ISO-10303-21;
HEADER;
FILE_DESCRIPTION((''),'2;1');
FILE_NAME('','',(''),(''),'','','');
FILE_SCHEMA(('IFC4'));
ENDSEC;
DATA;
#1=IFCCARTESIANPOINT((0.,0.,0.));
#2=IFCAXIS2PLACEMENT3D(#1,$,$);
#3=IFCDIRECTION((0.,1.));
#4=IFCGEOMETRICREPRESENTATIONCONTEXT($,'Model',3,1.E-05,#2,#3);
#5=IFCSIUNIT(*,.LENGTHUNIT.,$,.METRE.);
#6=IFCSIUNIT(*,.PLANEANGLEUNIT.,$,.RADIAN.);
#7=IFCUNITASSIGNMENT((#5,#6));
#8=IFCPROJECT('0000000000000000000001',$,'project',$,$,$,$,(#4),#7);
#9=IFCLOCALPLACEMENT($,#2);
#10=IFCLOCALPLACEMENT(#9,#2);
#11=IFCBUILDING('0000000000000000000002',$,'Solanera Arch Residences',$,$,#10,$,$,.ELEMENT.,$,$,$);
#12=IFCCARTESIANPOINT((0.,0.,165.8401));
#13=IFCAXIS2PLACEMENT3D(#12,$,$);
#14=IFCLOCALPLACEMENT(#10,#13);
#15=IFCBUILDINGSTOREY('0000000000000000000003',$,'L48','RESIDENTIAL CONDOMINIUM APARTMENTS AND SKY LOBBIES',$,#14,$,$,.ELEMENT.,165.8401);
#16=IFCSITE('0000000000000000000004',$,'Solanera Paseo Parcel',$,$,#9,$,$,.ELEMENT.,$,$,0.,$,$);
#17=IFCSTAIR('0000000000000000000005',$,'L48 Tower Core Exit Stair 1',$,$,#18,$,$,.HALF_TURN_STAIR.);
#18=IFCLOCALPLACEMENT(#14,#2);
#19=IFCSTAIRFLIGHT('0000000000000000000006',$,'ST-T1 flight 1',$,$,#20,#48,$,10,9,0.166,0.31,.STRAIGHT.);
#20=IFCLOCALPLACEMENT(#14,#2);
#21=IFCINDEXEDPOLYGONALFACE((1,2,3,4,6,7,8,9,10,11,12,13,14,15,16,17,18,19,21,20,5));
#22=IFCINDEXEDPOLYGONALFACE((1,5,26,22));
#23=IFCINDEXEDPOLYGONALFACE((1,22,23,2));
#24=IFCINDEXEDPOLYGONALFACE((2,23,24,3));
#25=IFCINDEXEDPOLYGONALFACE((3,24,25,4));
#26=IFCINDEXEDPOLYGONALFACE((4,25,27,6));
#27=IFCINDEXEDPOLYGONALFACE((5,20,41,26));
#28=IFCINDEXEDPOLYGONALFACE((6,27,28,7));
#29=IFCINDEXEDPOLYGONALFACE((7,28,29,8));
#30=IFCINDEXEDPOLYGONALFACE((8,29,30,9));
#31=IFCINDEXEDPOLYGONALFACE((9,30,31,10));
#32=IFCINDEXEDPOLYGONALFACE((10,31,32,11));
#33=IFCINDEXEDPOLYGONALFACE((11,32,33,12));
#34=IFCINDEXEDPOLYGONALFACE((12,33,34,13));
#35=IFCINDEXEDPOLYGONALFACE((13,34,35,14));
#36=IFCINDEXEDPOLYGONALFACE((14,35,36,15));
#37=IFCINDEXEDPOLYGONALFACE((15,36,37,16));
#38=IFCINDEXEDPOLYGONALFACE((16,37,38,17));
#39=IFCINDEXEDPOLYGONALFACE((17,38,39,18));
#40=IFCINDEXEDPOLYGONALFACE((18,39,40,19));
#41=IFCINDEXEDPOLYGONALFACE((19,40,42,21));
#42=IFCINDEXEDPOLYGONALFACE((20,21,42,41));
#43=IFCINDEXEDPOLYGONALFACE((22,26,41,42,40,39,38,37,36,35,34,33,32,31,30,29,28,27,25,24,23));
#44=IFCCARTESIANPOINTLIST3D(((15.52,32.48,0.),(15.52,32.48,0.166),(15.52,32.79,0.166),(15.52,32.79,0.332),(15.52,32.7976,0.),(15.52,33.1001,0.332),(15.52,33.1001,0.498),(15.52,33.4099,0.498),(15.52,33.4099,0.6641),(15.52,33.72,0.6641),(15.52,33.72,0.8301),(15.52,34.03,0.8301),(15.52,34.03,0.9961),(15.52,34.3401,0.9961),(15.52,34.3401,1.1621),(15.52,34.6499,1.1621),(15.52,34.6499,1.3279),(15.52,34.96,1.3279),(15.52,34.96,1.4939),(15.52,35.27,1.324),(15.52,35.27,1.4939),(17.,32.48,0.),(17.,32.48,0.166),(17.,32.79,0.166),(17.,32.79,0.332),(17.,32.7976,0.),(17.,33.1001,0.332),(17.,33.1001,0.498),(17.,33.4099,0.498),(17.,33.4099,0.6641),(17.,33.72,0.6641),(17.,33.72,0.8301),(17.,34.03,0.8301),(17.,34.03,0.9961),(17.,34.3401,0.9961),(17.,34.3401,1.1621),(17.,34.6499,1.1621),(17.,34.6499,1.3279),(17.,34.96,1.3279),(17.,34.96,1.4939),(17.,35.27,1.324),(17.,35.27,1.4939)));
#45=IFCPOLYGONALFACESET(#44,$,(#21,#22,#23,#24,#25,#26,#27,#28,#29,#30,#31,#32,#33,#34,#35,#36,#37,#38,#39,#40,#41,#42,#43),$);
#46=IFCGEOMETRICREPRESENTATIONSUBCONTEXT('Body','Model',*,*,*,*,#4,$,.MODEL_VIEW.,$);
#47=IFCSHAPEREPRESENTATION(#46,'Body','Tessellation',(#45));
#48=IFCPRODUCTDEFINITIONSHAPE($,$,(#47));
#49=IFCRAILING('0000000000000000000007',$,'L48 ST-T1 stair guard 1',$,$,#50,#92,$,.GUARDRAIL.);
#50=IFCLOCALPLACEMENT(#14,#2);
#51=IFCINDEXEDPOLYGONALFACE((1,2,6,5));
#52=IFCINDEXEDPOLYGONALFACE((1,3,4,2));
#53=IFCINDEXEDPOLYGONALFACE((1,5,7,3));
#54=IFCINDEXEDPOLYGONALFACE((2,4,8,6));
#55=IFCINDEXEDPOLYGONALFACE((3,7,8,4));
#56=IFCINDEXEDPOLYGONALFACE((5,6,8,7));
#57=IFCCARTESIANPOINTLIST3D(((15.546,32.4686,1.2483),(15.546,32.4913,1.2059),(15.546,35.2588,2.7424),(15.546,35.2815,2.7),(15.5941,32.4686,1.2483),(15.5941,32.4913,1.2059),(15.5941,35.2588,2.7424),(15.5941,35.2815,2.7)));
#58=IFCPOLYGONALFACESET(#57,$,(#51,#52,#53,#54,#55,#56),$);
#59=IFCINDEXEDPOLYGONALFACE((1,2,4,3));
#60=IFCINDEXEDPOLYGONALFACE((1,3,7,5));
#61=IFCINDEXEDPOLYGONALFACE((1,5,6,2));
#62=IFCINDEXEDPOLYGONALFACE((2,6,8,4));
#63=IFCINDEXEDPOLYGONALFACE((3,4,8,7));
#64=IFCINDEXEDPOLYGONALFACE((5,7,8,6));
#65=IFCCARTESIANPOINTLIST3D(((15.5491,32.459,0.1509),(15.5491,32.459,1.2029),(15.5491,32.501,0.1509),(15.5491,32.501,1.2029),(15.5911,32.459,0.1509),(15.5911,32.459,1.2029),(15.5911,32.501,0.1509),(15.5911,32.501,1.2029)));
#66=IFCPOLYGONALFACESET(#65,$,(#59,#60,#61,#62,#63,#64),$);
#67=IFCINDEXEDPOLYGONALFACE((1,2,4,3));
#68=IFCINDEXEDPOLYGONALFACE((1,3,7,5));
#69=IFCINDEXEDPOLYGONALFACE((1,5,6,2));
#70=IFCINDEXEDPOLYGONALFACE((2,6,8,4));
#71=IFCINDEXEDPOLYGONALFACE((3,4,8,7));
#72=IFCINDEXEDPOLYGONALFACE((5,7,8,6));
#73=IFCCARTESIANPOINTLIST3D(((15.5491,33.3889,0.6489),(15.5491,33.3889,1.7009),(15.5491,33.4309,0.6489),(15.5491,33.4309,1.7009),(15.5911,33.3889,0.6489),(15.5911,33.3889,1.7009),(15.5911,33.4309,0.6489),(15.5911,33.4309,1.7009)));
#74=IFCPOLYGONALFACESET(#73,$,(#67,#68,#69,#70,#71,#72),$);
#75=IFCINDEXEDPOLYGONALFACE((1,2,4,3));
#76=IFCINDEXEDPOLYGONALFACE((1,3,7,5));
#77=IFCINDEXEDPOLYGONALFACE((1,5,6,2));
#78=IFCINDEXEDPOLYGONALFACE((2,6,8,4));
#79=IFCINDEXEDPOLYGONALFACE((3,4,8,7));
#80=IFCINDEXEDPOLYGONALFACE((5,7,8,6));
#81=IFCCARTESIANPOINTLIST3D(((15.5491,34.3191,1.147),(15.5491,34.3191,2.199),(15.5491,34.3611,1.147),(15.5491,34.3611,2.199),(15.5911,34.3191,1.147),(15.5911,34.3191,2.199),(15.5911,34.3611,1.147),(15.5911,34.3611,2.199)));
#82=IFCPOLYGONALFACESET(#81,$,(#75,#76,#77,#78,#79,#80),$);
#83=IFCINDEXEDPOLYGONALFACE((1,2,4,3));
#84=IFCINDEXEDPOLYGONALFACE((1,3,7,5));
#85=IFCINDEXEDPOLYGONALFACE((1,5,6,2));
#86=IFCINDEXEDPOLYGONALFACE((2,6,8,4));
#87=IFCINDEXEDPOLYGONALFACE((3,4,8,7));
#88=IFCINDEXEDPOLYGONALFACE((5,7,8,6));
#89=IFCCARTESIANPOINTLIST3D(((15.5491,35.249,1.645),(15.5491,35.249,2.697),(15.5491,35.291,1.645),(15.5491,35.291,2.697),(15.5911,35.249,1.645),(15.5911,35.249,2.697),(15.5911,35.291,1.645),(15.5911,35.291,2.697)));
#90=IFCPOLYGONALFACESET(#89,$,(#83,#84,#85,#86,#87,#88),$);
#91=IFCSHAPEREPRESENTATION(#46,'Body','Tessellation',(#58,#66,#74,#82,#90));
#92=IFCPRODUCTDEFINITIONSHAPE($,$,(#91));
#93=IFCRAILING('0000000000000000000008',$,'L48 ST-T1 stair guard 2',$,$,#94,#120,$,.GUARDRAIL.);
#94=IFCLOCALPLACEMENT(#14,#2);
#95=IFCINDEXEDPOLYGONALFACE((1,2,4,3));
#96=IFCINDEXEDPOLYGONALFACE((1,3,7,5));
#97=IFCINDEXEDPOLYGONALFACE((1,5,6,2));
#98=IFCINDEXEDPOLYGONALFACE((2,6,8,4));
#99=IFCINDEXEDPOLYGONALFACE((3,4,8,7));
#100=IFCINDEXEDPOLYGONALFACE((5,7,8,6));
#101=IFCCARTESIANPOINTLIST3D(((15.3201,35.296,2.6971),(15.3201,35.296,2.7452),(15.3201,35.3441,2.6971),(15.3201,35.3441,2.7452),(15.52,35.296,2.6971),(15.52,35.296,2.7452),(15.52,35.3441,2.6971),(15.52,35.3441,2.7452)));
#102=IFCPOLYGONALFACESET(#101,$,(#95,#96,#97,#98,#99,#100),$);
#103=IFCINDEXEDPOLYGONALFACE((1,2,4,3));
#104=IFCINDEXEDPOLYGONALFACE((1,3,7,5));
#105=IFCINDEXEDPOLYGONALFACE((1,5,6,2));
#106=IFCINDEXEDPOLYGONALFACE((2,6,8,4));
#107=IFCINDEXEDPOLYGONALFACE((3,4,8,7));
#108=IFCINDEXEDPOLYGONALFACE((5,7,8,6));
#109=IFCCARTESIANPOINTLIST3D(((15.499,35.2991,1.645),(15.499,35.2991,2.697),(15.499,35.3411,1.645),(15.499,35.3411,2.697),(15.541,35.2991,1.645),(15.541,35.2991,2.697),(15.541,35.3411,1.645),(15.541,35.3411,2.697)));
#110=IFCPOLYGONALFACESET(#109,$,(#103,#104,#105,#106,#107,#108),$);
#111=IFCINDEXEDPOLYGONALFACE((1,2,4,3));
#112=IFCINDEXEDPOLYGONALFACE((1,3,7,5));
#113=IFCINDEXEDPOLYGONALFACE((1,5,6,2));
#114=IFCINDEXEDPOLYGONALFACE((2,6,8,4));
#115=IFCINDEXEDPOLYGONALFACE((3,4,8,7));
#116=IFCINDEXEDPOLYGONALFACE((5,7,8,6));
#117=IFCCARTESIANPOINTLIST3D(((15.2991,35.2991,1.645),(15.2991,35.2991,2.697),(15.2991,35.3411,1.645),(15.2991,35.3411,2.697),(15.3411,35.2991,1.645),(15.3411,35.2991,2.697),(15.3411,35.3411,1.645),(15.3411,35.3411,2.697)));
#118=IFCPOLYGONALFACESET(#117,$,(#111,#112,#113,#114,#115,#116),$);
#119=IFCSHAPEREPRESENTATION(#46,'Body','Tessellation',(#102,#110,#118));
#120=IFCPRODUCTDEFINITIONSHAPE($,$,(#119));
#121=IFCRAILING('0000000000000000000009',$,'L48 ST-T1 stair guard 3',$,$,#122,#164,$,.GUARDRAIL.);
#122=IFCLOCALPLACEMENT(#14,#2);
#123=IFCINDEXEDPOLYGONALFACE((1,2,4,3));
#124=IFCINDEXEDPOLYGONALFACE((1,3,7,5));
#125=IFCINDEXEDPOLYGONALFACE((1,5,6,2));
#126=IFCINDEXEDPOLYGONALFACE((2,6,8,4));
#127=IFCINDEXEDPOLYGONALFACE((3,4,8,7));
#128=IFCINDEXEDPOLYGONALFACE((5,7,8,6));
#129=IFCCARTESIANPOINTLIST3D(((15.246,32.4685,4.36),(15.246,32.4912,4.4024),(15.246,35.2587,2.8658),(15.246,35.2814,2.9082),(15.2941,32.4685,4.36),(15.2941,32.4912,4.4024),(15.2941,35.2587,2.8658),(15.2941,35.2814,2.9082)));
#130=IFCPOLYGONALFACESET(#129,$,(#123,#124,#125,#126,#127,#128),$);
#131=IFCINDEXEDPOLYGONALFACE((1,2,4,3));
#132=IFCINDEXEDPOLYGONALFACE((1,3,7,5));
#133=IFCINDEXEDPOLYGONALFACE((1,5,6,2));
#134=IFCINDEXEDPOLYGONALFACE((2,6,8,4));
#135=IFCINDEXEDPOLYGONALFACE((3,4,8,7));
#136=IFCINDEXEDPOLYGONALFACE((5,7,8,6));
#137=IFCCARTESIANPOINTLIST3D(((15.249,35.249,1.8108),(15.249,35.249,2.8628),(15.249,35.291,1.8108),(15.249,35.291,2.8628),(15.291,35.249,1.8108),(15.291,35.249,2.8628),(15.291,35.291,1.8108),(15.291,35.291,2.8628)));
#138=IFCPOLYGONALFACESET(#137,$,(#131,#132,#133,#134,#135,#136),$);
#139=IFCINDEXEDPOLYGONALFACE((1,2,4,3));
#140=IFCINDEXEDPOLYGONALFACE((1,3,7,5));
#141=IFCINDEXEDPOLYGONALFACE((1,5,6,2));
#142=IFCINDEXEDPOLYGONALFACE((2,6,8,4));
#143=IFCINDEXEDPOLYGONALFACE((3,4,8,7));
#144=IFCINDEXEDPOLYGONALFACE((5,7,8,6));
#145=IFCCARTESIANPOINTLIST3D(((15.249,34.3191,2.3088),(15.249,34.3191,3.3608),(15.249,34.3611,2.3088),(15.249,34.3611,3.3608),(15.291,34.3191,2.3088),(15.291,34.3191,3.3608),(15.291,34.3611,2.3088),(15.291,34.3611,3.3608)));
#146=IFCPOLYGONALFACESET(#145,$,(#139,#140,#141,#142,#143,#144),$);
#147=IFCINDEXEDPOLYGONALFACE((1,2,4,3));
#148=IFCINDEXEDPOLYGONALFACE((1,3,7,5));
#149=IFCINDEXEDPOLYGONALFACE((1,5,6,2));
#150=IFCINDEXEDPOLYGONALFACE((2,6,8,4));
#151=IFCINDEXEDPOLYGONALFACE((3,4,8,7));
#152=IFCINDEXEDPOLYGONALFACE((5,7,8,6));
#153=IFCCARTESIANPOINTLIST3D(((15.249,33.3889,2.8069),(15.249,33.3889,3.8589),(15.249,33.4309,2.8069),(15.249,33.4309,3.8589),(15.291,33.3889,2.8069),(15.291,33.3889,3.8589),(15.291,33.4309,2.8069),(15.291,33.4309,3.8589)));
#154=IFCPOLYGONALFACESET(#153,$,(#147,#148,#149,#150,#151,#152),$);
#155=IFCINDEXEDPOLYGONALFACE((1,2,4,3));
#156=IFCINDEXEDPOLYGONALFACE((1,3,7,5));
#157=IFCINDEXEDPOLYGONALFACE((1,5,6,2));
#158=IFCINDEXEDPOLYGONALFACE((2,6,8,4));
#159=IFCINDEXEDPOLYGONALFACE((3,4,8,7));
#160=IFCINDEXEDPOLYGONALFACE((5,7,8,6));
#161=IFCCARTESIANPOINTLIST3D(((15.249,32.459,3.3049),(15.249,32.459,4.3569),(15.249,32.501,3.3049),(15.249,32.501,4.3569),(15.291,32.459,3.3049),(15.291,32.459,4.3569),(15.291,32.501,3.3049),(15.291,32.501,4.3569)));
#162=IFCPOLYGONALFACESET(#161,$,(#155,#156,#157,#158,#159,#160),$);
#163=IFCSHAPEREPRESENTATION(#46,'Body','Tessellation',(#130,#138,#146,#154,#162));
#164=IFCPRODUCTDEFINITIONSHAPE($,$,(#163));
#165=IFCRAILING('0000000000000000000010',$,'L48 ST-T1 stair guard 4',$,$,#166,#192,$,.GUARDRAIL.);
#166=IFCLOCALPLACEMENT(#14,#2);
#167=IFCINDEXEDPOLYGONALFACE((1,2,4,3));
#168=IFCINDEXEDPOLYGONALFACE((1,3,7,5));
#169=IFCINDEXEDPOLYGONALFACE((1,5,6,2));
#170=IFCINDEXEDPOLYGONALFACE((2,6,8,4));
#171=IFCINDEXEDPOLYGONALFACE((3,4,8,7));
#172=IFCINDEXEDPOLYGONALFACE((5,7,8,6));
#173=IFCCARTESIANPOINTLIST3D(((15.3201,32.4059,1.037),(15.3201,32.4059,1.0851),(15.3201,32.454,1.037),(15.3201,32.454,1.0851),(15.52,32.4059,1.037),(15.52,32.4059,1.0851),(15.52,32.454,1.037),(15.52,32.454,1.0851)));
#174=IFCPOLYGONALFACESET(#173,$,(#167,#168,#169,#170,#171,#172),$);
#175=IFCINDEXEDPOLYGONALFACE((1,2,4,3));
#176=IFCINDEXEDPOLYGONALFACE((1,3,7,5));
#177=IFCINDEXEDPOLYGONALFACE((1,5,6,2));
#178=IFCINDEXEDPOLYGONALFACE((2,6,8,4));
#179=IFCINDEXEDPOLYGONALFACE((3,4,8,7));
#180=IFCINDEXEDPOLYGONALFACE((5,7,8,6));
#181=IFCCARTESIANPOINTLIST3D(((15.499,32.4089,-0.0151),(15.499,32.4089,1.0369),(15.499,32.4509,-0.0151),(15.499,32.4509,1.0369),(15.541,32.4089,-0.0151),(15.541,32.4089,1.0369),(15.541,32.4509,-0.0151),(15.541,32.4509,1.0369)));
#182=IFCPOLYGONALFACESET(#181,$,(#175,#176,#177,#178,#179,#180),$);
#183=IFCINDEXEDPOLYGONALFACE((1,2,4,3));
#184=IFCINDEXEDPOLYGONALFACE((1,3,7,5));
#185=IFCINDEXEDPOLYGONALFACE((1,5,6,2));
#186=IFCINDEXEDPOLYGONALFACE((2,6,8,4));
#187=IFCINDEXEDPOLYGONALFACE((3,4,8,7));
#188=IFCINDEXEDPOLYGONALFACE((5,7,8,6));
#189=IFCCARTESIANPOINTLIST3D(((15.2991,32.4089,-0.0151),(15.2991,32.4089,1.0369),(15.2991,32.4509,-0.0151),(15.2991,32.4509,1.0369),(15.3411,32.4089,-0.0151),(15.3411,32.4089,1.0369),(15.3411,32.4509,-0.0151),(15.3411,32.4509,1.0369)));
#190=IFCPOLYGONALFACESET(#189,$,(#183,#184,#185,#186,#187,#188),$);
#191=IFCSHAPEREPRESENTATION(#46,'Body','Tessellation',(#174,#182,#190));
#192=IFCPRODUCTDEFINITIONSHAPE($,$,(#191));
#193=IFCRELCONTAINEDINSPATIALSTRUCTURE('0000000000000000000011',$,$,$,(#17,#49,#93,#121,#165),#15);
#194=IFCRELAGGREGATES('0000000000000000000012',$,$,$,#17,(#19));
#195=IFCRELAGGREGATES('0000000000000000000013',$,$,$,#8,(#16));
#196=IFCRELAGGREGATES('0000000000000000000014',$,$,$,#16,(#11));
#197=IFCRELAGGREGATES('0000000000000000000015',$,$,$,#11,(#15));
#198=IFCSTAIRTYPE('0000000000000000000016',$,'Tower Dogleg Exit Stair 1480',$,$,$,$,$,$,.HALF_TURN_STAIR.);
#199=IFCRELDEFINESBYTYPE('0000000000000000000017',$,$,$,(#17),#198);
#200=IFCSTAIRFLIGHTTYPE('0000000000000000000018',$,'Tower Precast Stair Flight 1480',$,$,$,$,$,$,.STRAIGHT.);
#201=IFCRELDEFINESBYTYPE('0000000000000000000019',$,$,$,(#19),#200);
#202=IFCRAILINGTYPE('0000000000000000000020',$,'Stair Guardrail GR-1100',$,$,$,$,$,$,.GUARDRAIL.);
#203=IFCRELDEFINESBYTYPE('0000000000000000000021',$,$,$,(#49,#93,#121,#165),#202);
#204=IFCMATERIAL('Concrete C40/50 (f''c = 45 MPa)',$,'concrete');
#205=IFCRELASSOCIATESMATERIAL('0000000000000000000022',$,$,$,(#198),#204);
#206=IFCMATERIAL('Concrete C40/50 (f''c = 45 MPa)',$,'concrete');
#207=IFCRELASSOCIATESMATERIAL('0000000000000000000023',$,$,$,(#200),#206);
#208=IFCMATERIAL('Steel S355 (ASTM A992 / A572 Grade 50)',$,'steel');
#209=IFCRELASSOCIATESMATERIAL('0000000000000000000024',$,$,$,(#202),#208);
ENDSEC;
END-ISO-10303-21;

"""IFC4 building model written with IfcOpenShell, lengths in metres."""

from ifc_helpers import new_model, si_unit, direction, frame, origin, origin_2d, place, context, subcontext, project, spatial, polyline, rectangle, outline, extrude, material, type_object, element, aggregate, save


model = new_model("IFC4")

# Units and contexts
model_context = context("Model", 3, precision=1e-05, world=origin(), true_north=direction((0.0, 1.0)))
body_context = subcontext(model_context, "Body", "Model", "MODEL_VIEW")
ifc_project = project(units=[si_unit("LENGTHUNIT", "METRE"), si_unit("PLANEANGLEUNIT", "RADIAN")], contexts=[model_context])

# Site, building, storey
site_placement = place(None, origin())
site = spatial("IfcSite", under=ifc_project, at=site_placement, Name="Solanera Paseo Parcel", CompositionType="ELEMENT", RefElevation=0.0)
building_placement = place(site_placement, origin())
building = spatial("IfcBuilding", under=site, at=building_placement, Name="Solanera Arch Residences", CompositionType="ELEMENT")
storey_placement = place(building_placement, frame((0.0, 0.0, 165.8401)))
storey = spatial("IfcBuildingStorey", under=building, at=storey_placement, Name="L48", Description="RESIDENTIAL CONDOMINIUM APARTMENTS AND SKY LOBBIES", CompositionType="ELEMENT", Elevation=165.8401)

# Stair, stair flight
ifc_material_1 = material(Name="Concrete C40/50 (f'c = 45 MPa)", Category="concrete")
stair_type = type_object("IfcStairType", Name="Tower Dogleg Exit Stair 1480", PredefinedType="HALF_TURN_STAIR", material=ifc_material_1)
stair_placement = place(storey_placement, origin())
stair = element("IfcStair", 1, at=stair_placement, inside=storey, type_object=stair_type, Name="L48 Tower Core Exit Stair 1", PredefinedType="HALF_TURN_STAIR")
ifc_material_2 = material(Name="Concrete C40/50 (f'c = 45 MPa)", Category="concrete")
stair_flight_type = type_object("IfcStairFlightType", Name="Tower Precast Stair Flight 1480", PredefinedType="STRAIGHT", material=ifc_material_2)
stair_flight_placement = place(storey_placement, frame((16.26, 32.48, 0.0), z_axis=(0.0, 0.0, 1.0), x_axis=(0.0, 1.0, 0.0)))
stair_flight = element("IfcStairFlight", 2, at=stair_flight_placement, type_object=stair_flight_type, Name="ST-T1 flight 1", NumberOfRisers=10, NumberOfTreads=9, PredefinedType="STRAIGHT", RiserHeight=0.166, TreadLength=0.31, context=body_context, shape_type="SweptSolid", body=[
    extrude(outline(polyline([(0.0, 0.0), (0.0, 0.166), (0.3101, 0.166), (0.3101, 0.332), (0.6201, 0.332), (0.6201, 0.498), (0.9299, 0.498), (0.9299, 0.6641), (1.24, 0.6641), (1.24, 0.8301), (1.55, 0.8301), (1.55, 0.9961), (1.8601, 0.9961), (1.8601, 1.1621), (2.1699, 1.1621), (2.1699, 1.3279), (2.48, 1.3279), (2.48, 1.4939), (2.79, 1.4939), (2.79, 1.6599), (2.79, 1.324), (0.3176, 0.0), (0.0, 0.0)])), frame((0.0, 0.74, 0.0), z_axis=(0.0, -1.0, 0.0), x_axis=(1.0, 0.0, 0.0)), (0.0, 0.0, 1.0), 1.48),
])
aggregate(stair, [stair_flight])

# Railings
ifc_material_3 = material(Name="Steel S355 (ASTM A992 / A572 Grade 50)", Category="steel")
railing_type_1 = type_object("IfcRailingType", Name="Stair Guardrail GR-1100", PredefinedType="GUARDRAIL", material=ifc_material_3)
railing_1_placement = place(storey_placement, frame((15.5701, 32.48, 0.1509)))
element("IfcRailing", 3, at=railing_1_placement, inside=storey, type_object=railing_type_1, Name="L48 ST-T1 stair guard 1", PredefinedType="GUARDRAIL", context=body_context, shape_type="SweptSolid", body=[
    extrude(rectangle(XDim=0.0481, YDim=0.0481, at=origin_2d()), frame((0.0, 0.0, 1.0762), z_axis=(0.0, 0.881549, 0.472093), x_axis=(-1.0, 0.0, 0.0)), (0.0, 0.0, 1.0), 3.165),
    extrude(rectangle(XDim=0.042, YDim=0.042, at=origin_2d()), origin(), (0.0, 0.0, 1.0), 1.052),
    extrude(rectangle(XDim=0.042, YDim=0.042, at=origin_2d()), frame((0.0, 0.9299, 0.498)), (0.0, 0.0, 1.0), 1.052),
    extrude(rectangle(XDim=0.042, YDim=0.042, at=origin_2d()), frame((0.0, 1.8601, 0.9961)), (0.0, 0.0, 1.0), 1.052),
    extrude(rectangle(XDim=0.042, YDim=0.042, at=origin_2d()), frame((0.0, 2.79, 1.4941)), (0.0, 0.0, 1.0), 1.052),
])
railing_2_placement = place(storey_placement, frame((15.52, 35.3201, 1.645)))
element("IfcRailing", 4, at=railing_2_placement, inside=storey, type_object=railing_type_1, Name="L48 ST-T1 stair guard 2", PredefinedType="GUARDRAIL", context=body_context, shape_type="SweptSolid", body=[
    extrude(rectangle(XDim=0.0481, YDim=0.0481, at=origin_2d()), frame((0.0, 0.0, 1.0762), z_axis=(-1.0, 0.0, 0.0), x_axis=(0.0, -1.0, 0.0)), (0.0, 0.0, 1.0), 0.2),
    extrude(rectangle(XDim=0.042, YDim=0.042, at=origin_2d()), origin(), (0.0, 0.0, 1.0), 1.052),
    extrude(rectangle(XDim=0.042, YDim=0.042, at=origin_2d()), frame((-0.2, 0.0, 0.0)), (0.0, 0.0, 1.0), 1.052),
])
railing_3_placement = place(storey_placement, frame((15.27, 35.27, 1.8108)))
element("IfcRailing", 5, at=railing_3_placement, inside=storey, type_object=railing_type_1, Name="L48 ST-T1 stair guard 3", PredefinedType="GUARDRAIL", context=body_context, shape_type="SweptSolid", body=[
    extrude(rectangle(XDim=0.0481, YDim=0.0481, at=origin_2d()), frame((0.0, 0.0, 1.0762), z_axis=(0.0, -0.881549, 0.472093), x_axis=(1.0, 0.0, 0.0)), (0.0, 0.0, 1.0), 3.165),
    extrude(rectangle(XDim=0.042, YDim=0.042, at=origin_2d()), origin(), (0.0, 0.0, 1.0), 1.052),
    extrude(rectangle(XDim=0.042, YDim=0.042, at=origin_2d()), frame((0.0, -0.9299, 0.498)), (0.0, 0.0, 1.0), 1.052),
    extrude(rectangle(XDim=0.042, YDim=0.042, at=origin_2d()), frame((0.0, -1.8601, 0.9961)), (0.0, 0.0, 1.0), 1.052),
    extrude(rectangle(XDim=0.042, YDim=0.042, at=origin_2d()), frame((0.0, -2.79, 1.4941)), (0.0, 0.0, 1.0), 1.052),
])
railing_4_placement = place(storey_placement, frame((15.52, 32.4299, -0.0151)))
element("IfcRailing", 6, at=railing_4_placement, inside=storey, type_object=railing_type_1, Name="L48 ST-T1 stair guard 4", PredefinedType="GUARDRAIL", context=body_context, shape_type="SweptSolid", body=[
    extrude(rectangle(XDim=0.0481, YDim=0.0481, at=origin_2d()), frame((0.0, 0.0, 1.0762), z_axis=(-1.0, 0.0, 0.0), x_axis=(0.0, -1.0, 0.0)), (0.0, 0.0, 1.0), 0.2),
    extrude(rectangle(XDim=0.042, YDim=0.042, at=origin_2d()), origin(), (0.0, 0.0, 1.0), 1.052),
    extrude(rectangle(XDim=0.042, YDim=0.042, at=origin_2d()), frame((-0.2, 0.0, 0.0)), (0.0, 0.0, 1.0), 1.052),
])

save(model, "model.ifc")
